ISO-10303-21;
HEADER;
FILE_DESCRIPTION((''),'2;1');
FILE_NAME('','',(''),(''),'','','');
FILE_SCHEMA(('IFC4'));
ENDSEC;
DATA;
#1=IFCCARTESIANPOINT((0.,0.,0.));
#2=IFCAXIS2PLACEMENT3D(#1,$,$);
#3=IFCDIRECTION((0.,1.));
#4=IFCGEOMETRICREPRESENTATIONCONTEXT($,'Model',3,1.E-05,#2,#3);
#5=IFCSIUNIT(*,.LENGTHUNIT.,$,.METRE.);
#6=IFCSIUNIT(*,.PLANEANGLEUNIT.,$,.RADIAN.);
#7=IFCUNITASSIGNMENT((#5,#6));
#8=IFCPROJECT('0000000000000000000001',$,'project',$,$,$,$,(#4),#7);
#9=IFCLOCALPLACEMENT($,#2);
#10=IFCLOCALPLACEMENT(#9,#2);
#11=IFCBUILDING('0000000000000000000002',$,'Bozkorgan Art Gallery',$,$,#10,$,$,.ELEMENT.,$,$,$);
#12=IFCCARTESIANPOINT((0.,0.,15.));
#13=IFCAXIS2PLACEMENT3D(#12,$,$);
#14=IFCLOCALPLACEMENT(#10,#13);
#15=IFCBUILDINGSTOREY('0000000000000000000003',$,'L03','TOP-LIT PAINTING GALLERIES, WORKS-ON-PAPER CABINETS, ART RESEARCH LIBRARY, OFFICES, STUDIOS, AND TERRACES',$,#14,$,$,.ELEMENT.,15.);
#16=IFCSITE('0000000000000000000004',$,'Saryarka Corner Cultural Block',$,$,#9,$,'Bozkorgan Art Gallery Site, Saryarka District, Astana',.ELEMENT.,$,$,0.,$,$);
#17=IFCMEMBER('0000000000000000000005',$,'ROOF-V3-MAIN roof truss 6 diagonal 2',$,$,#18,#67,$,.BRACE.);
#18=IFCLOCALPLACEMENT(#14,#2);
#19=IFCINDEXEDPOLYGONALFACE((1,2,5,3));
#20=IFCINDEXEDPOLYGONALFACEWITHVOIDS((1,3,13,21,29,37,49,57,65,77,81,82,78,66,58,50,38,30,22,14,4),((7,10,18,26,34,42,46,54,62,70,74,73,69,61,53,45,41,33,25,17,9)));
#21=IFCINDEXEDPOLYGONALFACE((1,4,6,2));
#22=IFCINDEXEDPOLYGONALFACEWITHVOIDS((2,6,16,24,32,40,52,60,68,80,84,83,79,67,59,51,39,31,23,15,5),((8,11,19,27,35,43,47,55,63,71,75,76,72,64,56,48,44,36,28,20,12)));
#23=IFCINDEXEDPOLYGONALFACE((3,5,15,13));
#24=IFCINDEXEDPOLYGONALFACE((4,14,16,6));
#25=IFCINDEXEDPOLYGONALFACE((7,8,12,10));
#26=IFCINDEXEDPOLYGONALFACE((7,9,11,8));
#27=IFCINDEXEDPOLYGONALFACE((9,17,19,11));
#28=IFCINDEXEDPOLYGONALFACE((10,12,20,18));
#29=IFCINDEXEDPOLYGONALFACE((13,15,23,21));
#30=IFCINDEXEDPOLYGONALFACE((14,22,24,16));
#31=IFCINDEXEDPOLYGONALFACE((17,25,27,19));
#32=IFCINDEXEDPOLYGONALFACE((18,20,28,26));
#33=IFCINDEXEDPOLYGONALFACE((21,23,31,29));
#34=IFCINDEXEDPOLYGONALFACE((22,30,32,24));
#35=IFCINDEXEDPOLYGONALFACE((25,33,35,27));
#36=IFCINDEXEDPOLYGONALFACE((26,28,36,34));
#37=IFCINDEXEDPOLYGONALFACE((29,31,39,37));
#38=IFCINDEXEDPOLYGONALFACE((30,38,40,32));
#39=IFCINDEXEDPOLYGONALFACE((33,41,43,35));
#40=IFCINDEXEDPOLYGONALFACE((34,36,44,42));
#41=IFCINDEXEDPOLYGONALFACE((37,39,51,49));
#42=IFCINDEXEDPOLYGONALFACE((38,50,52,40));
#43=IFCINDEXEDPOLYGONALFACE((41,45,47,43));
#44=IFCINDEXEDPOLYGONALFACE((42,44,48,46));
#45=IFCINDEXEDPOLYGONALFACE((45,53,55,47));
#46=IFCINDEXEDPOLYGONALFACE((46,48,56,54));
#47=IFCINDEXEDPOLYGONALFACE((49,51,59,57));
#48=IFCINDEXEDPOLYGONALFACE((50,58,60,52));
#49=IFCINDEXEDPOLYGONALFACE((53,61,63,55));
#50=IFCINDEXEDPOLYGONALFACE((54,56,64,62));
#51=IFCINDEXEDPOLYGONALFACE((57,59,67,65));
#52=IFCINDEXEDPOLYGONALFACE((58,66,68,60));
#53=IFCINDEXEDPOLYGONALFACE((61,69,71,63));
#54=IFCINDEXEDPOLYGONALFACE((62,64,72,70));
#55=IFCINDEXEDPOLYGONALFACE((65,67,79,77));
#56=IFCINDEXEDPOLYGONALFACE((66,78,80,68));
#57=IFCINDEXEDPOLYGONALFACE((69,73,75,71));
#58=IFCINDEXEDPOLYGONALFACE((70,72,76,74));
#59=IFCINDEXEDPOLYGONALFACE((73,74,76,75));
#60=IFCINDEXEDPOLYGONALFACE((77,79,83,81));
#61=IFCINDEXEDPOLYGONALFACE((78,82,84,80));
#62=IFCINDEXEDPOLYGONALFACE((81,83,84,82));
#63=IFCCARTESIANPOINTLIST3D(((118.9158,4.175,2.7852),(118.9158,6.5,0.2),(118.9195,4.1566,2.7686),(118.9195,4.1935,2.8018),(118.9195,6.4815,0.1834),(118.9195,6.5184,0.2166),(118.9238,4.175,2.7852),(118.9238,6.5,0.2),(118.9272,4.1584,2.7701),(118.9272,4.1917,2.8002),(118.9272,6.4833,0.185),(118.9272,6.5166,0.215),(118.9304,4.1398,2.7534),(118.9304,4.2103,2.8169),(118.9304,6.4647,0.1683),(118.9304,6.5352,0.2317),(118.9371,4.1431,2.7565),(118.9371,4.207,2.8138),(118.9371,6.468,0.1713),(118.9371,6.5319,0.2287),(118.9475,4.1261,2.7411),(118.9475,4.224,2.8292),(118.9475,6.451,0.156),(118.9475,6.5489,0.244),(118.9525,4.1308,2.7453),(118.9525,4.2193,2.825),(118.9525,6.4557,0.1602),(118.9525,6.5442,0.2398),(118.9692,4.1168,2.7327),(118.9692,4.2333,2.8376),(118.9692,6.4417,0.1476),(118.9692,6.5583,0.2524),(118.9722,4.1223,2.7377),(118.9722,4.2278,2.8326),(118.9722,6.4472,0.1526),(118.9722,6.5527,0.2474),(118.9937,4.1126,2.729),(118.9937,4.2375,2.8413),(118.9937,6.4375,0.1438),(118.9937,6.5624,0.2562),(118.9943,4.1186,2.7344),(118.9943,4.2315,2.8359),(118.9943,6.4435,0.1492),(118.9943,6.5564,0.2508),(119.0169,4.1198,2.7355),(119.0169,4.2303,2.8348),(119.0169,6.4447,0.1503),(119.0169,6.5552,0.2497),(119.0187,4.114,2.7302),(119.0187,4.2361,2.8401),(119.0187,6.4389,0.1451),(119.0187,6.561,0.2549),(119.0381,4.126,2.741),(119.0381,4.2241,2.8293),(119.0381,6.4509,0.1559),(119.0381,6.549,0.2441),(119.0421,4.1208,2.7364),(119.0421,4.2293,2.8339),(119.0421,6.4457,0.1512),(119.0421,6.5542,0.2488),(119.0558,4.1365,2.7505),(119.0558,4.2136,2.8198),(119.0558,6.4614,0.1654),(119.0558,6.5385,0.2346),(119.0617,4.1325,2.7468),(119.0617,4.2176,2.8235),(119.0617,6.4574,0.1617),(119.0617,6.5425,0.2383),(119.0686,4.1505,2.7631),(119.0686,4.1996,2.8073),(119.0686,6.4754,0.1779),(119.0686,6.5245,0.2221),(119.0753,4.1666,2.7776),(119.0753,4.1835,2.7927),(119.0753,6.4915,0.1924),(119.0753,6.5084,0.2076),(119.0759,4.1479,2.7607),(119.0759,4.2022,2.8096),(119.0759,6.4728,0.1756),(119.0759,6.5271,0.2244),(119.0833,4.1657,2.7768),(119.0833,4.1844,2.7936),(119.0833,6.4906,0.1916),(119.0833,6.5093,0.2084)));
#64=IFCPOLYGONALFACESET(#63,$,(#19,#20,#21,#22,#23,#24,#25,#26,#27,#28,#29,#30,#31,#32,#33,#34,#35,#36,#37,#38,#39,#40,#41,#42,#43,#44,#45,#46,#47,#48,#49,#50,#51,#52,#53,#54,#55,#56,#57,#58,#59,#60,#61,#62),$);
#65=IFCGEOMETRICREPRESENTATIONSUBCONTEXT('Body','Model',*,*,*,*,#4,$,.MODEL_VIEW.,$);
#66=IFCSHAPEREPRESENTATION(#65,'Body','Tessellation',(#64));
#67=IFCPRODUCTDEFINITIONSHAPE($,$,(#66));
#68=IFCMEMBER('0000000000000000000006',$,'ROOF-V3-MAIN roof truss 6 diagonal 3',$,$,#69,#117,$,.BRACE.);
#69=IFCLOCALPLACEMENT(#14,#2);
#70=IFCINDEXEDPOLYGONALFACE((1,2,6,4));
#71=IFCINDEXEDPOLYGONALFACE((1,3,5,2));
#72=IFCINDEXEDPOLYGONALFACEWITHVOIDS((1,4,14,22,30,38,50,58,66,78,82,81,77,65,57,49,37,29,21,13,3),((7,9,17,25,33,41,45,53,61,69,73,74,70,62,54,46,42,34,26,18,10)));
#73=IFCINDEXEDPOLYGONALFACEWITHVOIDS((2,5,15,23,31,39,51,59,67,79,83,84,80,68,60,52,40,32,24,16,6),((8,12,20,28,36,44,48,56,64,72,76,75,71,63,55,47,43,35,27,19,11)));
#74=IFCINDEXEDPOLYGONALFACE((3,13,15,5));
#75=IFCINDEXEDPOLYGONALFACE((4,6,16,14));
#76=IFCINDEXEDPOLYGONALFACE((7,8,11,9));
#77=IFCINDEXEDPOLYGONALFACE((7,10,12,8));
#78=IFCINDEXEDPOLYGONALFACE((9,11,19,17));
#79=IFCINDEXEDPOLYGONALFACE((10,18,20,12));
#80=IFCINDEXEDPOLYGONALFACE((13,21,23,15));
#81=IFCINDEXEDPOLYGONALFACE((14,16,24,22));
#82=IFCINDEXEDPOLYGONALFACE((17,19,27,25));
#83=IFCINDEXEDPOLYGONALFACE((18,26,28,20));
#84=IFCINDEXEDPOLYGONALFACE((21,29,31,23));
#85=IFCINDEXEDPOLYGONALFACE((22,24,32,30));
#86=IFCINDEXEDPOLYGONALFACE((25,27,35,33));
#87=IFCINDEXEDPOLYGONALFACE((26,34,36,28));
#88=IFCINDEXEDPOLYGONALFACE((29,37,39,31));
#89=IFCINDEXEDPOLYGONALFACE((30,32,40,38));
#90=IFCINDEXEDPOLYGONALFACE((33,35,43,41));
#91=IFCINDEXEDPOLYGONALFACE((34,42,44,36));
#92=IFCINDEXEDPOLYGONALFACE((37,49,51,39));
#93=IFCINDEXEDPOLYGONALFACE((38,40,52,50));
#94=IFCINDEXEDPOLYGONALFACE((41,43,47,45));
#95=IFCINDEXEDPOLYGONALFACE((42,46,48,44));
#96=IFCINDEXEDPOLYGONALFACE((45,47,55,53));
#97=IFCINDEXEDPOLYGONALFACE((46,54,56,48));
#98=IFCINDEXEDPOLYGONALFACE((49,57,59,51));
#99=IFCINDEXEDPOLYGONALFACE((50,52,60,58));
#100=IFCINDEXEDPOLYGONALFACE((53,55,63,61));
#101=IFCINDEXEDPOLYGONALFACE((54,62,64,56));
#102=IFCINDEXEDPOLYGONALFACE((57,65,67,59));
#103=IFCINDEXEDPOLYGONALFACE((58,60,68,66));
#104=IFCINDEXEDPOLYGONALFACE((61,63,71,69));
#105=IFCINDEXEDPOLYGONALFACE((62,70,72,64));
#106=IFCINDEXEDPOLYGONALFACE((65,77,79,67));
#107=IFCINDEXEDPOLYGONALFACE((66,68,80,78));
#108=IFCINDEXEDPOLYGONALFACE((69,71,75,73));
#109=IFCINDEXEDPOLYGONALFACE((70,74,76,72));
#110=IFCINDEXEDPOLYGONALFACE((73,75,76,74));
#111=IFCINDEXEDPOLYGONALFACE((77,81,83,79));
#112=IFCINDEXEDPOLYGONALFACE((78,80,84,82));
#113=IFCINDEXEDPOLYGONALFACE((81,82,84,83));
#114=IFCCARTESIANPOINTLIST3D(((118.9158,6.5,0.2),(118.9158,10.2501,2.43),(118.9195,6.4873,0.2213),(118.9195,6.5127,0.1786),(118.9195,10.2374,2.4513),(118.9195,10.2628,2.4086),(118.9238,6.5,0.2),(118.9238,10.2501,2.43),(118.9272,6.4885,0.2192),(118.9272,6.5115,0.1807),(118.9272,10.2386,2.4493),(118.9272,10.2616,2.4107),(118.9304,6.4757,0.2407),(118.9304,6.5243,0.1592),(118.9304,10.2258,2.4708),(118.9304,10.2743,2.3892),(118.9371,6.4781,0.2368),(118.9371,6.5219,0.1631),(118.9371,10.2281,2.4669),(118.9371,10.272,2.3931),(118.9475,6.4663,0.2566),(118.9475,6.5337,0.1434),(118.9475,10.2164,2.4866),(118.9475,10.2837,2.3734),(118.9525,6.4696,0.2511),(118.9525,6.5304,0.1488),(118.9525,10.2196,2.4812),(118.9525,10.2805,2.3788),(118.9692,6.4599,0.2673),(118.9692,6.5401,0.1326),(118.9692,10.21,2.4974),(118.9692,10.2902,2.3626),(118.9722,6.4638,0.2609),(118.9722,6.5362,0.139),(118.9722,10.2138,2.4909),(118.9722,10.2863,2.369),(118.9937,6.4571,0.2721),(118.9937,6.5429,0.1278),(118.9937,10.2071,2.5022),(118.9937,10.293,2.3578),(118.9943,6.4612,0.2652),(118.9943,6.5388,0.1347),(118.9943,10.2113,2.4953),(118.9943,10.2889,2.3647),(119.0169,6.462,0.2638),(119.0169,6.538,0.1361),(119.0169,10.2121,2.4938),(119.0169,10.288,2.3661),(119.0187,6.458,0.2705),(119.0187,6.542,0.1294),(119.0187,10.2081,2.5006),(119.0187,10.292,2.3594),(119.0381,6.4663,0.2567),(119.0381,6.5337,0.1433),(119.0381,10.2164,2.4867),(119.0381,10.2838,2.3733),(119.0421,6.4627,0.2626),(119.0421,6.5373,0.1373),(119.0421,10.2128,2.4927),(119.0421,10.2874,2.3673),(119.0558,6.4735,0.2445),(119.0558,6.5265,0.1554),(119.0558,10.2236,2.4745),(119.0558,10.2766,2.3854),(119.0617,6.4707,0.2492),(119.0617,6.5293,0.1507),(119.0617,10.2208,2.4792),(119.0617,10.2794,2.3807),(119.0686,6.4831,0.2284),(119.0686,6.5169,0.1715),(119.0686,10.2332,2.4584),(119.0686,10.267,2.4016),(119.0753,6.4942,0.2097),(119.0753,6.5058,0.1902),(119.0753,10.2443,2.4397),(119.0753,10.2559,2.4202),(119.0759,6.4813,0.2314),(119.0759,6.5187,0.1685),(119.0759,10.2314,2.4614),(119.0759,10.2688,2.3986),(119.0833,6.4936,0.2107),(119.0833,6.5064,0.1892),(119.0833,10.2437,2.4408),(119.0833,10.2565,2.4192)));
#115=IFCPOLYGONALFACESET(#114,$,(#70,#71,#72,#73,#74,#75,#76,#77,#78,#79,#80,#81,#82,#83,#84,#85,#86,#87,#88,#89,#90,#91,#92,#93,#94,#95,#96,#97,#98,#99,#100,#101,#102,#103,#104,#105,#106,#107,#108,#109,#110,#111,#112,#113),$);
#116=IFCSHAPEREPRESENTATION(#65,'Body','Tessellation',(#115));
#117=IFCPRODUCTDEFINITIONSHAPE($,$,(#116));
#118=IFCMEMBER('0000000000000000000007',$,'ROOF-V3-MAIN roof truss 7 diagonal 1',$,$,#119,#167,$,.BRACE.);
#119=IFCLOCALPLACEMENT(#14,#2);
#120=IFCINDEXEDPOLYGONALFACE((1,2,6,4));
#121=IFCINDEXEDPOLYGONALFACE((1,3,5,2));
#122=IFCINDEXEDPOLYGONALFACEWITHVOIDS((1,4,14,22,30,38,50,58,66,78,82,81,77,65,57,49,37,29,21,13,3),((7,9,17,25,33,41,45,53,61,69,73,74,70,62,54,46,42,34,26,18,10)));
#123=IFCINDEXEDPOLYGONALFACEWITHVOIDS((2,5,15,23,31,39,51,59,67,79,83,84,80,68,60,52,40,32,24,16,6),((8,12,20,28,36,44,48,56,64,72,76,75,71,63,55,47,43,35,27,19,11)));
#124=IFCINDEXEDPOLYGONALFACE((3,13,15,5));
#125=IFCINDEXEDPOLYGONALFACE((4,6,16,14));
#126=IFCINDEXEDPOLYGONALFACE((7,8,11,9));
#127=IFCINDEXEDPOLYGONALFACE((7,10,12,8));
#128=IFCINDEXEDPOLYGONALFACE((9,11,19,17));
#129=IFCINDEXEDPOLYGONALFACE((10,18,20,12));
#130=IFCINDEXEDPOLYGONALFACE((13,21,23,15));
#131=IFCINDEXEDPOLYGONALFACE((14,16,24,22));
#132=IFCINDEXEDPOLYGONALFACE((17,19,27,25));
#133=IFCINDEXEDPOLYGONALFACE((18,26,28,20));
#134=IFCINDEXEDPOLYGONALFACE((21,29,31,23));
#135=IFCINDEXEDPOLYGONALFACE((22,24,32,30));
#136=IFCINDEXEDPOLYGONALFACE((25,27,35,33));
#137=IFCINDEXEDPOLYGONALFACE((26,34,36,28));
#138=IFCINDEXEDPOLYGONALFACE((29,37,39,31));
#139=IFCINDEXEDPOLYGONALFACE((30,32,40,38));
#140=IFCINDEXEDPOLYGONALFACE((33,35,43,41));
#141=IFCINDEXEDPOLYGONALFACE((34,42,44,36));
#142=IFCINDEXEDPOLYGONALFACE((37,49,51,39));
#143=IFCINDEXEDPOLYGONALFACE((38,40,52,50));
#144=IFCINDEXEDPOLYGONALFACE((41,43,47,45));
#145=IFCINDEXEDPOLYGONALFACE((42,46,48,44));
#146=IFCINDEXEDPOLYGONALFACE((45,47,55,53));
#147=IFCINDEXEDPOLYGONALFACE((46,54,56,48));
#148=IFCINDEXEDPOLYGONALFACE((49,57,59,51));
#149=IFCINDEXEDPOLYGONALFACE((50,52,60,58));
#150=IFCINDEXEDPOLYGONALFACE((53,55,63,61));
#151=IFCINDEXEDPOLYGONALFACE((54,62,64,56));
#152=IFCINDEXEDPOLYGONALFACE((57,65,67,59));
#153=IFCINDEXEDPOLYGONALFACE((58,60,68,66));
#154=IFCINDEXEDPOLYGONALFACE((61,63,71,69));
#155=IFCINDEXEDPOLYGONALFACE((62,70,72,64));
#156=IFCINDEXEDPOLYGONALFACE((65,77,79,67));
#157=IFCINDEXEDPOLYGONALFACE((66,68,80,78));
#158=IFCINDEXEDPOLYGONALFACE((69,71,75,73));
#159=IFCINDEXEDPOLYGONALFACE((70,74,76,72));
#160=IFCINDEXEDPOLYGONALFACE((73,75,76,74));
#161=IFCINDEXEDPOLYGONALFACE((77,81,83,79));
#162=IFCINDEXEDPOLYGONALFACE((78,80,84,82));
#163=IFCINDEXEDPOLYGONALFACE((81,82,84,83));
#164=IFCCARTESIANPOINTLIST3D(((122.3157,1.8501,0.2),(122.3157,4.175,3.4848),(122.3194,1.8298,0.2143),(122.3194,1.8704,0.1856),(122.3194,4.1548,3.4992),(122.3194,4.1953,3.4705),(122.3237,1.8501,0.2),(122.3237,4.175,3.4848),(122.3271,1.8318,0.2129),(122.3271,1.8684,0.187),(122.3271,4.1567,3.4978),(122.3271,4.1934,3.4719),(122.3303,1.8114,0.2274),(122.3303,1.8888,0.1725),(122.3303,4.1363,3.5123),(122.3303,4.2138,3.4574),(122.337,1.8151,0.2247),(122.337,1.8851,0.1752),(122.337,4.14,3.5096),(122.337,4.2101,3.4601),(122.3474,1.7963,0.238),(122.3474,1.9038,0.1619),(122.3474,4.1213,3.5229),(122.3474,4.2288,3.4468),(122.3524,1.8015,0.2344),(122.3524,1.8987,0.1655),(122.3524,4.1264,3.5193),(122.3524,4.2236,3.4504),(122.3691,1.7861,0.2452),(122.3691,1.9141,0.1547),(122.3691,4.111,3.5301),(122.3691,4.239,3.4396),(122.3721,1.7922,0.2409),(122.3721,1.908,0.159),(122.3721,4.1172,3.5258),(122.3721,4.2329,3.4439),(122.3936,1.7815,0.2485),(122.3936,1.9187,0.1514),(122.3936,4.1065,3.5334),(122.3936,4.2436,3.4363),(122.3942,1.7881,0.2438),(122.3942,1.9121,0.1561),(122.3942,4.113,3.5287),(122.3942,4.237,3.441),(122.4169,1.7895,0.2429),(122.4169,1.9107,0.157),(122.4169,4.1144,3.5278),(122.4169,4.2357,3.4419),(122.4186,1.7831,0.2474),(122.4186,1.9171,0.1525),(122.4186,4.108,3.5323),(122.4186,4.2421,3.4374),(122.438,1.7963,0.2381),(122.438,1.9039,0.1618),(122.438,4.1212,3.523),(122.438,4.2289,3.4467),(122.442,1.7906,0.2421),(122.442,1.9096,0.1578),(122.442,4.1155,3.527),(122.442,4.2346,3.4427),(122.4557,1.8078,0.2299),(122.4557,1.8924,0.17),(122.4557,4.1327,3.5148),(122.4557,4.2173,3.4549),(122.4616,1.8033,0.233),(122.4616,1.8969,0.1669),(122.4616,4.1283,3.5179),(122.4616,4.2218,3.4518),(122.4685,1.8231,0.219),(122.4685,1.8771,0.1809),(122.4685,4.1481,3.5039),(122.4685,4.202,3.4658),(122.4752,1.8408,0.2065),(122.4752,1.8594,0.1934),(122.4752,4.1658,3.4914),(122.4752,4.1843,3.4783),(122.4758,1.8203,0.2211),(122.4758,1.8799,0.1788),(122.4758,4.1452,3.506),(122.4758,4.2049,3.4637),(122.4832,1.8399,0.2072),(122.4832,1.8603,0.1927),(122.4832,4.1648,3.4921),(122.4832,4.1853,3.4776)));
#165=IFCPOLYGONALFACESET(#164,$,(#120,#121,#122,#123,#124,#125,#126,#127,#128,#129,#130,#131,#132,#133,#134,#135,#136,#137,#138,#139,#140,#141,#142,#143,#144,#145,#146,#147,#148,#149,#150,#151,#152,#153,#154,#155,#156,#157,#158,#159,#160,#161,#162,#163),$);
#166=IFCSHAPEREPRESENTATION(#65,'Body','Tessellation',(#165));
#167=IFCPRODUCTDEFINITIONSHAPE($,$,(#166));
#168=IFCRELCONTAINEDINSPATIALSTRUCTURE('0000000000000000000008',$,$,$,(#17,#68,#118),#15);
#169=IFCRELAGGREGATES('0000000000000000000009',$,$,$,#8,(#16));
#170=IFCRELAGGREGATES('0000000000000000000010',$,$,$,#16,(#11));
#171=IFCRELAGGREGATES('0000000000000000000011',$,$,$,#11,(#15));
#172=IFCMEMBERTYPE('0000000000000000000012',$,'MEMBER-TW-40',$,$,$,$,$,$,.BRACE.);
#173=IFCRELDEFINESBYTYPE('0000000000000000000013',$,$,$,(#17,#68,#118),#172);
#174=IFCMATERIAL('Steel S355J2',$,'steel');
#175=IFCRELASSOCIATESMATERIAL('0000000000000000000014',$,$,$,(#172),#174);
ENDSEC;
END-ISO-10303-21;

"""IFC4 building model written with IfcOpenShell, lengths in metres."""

from ifc_helpers import new_model, si_unit, direction, frame, origin, origin_2d, place, context, subcontext, project, spatial, hollow_circle, extrude, material, material_profile, profile_set, type_object, element, save


model = new_model("IFC4")

# Units and contexts
model_context = context("Model", 3, precision=1e-05, world=origin(), true_north=direction((0.0, 1.0)))
body_context = subcontext(model_context, "Body", "Model", "MODEL_VIEW")
ifc_project = project(units=[si_unit("LENGTHUNIT", "METRE"), si_unit("PLANEANGLEUNIT", "RADIAN")], contexts=[model_context])

# Site, building, storey
site_placement = place(None, origin())
site = spatial("IfcSite", under=ifc_project, at=site_placement, Name="Saryarka Corner Cultural Block", LongName="Bozkorgan Art Gallery Site, Saryarka District, Astana", CompositionType="ELEMENT", RefElevation=0.0)
building_placement = place(site_placement, origin())
building = spatial("IfcBuilding", under=site, at=building_placement, Name="Bozkorgan Art Gallery", CompositionType="ELEMENT")
storey_placement = place(building_placement, frame((0.0, 0.0, 15.0)))
storey = spatial("IfcBuildingStorey", under=building, at=storey_placement, Name="L03", Description="TOP-LIT PAINTING GALLERIES, WORKS-ON-PAPER CABINETS, ART RESEARCH LIBRARY, OFFICES, STUDIOS, AND TERRACES", CompositionType="ELEMENT", Elevation=15.0)

# Shared definitions
ifc_material = material(Name="Steel S355J2", Category="steel")

# Members
ifc_material_profile_1 = material_profile(ifc_material, hollow_circle(Radius=0.0842, WallThickness=0.0081, at=origin_2d()), Name="CHS 168.3x8")
ifc_profile_set_1 = profile_set([ifc_material_profile_1], Name="Steel S355J2")
member_type_1 = type_object("IfcMemberType", Name="MEMBER-TW-40", PredefinedType="BRACE", material=ifc_profile_set_1)
for number, where, z_axis, x_axis, name in (
    (1, (119.0, 4.175, 2.7852), (0.0, 0.668689, -0.743542), (-1.0, 0.0, 0.0), "ROOF-V3-MAIN roof truss 6 diagonal 2"),
):
    element("IfcMember", number, at=place(storey_placement, frame(where, z_axis=z_axis, x_axis=x_axis)), inside=storey, type_object=member_type_1, Name=name, PredefinedType="BRACE", context=body_context, shape_type="SweptSolid", body=[
        extrude(hollow_circle(Radius=0.0842, WallThickness=0.0081, at=origin_2d()), origin(), (0.0, 0.0, 1.0), 3.4768),
    ])
member_1_placement = place(storey_placement, frame((119.0, 6.5, 0.2), z_axis=(0.0, 0.859511, 0.511118), x_axis=(-1.0, 0.0, 0.0)))
element("IfcMember", 2, at=member_1_placement, inside=storey, type_object=member_type_1, Name="ROOF-V3-MAIN roof truss 6 diagonal 3", PredefinedType="BRACE", context=body_context, shape_type="SweptSolid", body=[
    extrude(hollow_circle(Radius=0.0842, WallThickness=0.0081, at=origin_2d()), origin(), (0.0, 0.0, 1.0), 4.363),
])
for number, where, z_axis, x_axis, name in (
    (3, (122.3999, 1.8501, 0.2), (0.0, 0.577709, 0.816243), (-1.0, 0.0, 0.0), "ROOF-V3-MAIN roof truss 7 diagonal 1"),
):
    element("IfcMember", number, at=place(storey_placement, frame(where, z_axis=z_axis, x_axis=x_axis)), inside=storey, type_object=member_type_1, Name=name, PredefinedType="BRACE", context=body_context, shape_type="SweptSolid", body=[
        extrude(hollow_circle(Radius=0.0842, WallThickness=0.0081, at=origin_2d()), origin(), (0.0, 0.0, 1.0), 4.0244),
    ])

save(model, "model.ifc")
